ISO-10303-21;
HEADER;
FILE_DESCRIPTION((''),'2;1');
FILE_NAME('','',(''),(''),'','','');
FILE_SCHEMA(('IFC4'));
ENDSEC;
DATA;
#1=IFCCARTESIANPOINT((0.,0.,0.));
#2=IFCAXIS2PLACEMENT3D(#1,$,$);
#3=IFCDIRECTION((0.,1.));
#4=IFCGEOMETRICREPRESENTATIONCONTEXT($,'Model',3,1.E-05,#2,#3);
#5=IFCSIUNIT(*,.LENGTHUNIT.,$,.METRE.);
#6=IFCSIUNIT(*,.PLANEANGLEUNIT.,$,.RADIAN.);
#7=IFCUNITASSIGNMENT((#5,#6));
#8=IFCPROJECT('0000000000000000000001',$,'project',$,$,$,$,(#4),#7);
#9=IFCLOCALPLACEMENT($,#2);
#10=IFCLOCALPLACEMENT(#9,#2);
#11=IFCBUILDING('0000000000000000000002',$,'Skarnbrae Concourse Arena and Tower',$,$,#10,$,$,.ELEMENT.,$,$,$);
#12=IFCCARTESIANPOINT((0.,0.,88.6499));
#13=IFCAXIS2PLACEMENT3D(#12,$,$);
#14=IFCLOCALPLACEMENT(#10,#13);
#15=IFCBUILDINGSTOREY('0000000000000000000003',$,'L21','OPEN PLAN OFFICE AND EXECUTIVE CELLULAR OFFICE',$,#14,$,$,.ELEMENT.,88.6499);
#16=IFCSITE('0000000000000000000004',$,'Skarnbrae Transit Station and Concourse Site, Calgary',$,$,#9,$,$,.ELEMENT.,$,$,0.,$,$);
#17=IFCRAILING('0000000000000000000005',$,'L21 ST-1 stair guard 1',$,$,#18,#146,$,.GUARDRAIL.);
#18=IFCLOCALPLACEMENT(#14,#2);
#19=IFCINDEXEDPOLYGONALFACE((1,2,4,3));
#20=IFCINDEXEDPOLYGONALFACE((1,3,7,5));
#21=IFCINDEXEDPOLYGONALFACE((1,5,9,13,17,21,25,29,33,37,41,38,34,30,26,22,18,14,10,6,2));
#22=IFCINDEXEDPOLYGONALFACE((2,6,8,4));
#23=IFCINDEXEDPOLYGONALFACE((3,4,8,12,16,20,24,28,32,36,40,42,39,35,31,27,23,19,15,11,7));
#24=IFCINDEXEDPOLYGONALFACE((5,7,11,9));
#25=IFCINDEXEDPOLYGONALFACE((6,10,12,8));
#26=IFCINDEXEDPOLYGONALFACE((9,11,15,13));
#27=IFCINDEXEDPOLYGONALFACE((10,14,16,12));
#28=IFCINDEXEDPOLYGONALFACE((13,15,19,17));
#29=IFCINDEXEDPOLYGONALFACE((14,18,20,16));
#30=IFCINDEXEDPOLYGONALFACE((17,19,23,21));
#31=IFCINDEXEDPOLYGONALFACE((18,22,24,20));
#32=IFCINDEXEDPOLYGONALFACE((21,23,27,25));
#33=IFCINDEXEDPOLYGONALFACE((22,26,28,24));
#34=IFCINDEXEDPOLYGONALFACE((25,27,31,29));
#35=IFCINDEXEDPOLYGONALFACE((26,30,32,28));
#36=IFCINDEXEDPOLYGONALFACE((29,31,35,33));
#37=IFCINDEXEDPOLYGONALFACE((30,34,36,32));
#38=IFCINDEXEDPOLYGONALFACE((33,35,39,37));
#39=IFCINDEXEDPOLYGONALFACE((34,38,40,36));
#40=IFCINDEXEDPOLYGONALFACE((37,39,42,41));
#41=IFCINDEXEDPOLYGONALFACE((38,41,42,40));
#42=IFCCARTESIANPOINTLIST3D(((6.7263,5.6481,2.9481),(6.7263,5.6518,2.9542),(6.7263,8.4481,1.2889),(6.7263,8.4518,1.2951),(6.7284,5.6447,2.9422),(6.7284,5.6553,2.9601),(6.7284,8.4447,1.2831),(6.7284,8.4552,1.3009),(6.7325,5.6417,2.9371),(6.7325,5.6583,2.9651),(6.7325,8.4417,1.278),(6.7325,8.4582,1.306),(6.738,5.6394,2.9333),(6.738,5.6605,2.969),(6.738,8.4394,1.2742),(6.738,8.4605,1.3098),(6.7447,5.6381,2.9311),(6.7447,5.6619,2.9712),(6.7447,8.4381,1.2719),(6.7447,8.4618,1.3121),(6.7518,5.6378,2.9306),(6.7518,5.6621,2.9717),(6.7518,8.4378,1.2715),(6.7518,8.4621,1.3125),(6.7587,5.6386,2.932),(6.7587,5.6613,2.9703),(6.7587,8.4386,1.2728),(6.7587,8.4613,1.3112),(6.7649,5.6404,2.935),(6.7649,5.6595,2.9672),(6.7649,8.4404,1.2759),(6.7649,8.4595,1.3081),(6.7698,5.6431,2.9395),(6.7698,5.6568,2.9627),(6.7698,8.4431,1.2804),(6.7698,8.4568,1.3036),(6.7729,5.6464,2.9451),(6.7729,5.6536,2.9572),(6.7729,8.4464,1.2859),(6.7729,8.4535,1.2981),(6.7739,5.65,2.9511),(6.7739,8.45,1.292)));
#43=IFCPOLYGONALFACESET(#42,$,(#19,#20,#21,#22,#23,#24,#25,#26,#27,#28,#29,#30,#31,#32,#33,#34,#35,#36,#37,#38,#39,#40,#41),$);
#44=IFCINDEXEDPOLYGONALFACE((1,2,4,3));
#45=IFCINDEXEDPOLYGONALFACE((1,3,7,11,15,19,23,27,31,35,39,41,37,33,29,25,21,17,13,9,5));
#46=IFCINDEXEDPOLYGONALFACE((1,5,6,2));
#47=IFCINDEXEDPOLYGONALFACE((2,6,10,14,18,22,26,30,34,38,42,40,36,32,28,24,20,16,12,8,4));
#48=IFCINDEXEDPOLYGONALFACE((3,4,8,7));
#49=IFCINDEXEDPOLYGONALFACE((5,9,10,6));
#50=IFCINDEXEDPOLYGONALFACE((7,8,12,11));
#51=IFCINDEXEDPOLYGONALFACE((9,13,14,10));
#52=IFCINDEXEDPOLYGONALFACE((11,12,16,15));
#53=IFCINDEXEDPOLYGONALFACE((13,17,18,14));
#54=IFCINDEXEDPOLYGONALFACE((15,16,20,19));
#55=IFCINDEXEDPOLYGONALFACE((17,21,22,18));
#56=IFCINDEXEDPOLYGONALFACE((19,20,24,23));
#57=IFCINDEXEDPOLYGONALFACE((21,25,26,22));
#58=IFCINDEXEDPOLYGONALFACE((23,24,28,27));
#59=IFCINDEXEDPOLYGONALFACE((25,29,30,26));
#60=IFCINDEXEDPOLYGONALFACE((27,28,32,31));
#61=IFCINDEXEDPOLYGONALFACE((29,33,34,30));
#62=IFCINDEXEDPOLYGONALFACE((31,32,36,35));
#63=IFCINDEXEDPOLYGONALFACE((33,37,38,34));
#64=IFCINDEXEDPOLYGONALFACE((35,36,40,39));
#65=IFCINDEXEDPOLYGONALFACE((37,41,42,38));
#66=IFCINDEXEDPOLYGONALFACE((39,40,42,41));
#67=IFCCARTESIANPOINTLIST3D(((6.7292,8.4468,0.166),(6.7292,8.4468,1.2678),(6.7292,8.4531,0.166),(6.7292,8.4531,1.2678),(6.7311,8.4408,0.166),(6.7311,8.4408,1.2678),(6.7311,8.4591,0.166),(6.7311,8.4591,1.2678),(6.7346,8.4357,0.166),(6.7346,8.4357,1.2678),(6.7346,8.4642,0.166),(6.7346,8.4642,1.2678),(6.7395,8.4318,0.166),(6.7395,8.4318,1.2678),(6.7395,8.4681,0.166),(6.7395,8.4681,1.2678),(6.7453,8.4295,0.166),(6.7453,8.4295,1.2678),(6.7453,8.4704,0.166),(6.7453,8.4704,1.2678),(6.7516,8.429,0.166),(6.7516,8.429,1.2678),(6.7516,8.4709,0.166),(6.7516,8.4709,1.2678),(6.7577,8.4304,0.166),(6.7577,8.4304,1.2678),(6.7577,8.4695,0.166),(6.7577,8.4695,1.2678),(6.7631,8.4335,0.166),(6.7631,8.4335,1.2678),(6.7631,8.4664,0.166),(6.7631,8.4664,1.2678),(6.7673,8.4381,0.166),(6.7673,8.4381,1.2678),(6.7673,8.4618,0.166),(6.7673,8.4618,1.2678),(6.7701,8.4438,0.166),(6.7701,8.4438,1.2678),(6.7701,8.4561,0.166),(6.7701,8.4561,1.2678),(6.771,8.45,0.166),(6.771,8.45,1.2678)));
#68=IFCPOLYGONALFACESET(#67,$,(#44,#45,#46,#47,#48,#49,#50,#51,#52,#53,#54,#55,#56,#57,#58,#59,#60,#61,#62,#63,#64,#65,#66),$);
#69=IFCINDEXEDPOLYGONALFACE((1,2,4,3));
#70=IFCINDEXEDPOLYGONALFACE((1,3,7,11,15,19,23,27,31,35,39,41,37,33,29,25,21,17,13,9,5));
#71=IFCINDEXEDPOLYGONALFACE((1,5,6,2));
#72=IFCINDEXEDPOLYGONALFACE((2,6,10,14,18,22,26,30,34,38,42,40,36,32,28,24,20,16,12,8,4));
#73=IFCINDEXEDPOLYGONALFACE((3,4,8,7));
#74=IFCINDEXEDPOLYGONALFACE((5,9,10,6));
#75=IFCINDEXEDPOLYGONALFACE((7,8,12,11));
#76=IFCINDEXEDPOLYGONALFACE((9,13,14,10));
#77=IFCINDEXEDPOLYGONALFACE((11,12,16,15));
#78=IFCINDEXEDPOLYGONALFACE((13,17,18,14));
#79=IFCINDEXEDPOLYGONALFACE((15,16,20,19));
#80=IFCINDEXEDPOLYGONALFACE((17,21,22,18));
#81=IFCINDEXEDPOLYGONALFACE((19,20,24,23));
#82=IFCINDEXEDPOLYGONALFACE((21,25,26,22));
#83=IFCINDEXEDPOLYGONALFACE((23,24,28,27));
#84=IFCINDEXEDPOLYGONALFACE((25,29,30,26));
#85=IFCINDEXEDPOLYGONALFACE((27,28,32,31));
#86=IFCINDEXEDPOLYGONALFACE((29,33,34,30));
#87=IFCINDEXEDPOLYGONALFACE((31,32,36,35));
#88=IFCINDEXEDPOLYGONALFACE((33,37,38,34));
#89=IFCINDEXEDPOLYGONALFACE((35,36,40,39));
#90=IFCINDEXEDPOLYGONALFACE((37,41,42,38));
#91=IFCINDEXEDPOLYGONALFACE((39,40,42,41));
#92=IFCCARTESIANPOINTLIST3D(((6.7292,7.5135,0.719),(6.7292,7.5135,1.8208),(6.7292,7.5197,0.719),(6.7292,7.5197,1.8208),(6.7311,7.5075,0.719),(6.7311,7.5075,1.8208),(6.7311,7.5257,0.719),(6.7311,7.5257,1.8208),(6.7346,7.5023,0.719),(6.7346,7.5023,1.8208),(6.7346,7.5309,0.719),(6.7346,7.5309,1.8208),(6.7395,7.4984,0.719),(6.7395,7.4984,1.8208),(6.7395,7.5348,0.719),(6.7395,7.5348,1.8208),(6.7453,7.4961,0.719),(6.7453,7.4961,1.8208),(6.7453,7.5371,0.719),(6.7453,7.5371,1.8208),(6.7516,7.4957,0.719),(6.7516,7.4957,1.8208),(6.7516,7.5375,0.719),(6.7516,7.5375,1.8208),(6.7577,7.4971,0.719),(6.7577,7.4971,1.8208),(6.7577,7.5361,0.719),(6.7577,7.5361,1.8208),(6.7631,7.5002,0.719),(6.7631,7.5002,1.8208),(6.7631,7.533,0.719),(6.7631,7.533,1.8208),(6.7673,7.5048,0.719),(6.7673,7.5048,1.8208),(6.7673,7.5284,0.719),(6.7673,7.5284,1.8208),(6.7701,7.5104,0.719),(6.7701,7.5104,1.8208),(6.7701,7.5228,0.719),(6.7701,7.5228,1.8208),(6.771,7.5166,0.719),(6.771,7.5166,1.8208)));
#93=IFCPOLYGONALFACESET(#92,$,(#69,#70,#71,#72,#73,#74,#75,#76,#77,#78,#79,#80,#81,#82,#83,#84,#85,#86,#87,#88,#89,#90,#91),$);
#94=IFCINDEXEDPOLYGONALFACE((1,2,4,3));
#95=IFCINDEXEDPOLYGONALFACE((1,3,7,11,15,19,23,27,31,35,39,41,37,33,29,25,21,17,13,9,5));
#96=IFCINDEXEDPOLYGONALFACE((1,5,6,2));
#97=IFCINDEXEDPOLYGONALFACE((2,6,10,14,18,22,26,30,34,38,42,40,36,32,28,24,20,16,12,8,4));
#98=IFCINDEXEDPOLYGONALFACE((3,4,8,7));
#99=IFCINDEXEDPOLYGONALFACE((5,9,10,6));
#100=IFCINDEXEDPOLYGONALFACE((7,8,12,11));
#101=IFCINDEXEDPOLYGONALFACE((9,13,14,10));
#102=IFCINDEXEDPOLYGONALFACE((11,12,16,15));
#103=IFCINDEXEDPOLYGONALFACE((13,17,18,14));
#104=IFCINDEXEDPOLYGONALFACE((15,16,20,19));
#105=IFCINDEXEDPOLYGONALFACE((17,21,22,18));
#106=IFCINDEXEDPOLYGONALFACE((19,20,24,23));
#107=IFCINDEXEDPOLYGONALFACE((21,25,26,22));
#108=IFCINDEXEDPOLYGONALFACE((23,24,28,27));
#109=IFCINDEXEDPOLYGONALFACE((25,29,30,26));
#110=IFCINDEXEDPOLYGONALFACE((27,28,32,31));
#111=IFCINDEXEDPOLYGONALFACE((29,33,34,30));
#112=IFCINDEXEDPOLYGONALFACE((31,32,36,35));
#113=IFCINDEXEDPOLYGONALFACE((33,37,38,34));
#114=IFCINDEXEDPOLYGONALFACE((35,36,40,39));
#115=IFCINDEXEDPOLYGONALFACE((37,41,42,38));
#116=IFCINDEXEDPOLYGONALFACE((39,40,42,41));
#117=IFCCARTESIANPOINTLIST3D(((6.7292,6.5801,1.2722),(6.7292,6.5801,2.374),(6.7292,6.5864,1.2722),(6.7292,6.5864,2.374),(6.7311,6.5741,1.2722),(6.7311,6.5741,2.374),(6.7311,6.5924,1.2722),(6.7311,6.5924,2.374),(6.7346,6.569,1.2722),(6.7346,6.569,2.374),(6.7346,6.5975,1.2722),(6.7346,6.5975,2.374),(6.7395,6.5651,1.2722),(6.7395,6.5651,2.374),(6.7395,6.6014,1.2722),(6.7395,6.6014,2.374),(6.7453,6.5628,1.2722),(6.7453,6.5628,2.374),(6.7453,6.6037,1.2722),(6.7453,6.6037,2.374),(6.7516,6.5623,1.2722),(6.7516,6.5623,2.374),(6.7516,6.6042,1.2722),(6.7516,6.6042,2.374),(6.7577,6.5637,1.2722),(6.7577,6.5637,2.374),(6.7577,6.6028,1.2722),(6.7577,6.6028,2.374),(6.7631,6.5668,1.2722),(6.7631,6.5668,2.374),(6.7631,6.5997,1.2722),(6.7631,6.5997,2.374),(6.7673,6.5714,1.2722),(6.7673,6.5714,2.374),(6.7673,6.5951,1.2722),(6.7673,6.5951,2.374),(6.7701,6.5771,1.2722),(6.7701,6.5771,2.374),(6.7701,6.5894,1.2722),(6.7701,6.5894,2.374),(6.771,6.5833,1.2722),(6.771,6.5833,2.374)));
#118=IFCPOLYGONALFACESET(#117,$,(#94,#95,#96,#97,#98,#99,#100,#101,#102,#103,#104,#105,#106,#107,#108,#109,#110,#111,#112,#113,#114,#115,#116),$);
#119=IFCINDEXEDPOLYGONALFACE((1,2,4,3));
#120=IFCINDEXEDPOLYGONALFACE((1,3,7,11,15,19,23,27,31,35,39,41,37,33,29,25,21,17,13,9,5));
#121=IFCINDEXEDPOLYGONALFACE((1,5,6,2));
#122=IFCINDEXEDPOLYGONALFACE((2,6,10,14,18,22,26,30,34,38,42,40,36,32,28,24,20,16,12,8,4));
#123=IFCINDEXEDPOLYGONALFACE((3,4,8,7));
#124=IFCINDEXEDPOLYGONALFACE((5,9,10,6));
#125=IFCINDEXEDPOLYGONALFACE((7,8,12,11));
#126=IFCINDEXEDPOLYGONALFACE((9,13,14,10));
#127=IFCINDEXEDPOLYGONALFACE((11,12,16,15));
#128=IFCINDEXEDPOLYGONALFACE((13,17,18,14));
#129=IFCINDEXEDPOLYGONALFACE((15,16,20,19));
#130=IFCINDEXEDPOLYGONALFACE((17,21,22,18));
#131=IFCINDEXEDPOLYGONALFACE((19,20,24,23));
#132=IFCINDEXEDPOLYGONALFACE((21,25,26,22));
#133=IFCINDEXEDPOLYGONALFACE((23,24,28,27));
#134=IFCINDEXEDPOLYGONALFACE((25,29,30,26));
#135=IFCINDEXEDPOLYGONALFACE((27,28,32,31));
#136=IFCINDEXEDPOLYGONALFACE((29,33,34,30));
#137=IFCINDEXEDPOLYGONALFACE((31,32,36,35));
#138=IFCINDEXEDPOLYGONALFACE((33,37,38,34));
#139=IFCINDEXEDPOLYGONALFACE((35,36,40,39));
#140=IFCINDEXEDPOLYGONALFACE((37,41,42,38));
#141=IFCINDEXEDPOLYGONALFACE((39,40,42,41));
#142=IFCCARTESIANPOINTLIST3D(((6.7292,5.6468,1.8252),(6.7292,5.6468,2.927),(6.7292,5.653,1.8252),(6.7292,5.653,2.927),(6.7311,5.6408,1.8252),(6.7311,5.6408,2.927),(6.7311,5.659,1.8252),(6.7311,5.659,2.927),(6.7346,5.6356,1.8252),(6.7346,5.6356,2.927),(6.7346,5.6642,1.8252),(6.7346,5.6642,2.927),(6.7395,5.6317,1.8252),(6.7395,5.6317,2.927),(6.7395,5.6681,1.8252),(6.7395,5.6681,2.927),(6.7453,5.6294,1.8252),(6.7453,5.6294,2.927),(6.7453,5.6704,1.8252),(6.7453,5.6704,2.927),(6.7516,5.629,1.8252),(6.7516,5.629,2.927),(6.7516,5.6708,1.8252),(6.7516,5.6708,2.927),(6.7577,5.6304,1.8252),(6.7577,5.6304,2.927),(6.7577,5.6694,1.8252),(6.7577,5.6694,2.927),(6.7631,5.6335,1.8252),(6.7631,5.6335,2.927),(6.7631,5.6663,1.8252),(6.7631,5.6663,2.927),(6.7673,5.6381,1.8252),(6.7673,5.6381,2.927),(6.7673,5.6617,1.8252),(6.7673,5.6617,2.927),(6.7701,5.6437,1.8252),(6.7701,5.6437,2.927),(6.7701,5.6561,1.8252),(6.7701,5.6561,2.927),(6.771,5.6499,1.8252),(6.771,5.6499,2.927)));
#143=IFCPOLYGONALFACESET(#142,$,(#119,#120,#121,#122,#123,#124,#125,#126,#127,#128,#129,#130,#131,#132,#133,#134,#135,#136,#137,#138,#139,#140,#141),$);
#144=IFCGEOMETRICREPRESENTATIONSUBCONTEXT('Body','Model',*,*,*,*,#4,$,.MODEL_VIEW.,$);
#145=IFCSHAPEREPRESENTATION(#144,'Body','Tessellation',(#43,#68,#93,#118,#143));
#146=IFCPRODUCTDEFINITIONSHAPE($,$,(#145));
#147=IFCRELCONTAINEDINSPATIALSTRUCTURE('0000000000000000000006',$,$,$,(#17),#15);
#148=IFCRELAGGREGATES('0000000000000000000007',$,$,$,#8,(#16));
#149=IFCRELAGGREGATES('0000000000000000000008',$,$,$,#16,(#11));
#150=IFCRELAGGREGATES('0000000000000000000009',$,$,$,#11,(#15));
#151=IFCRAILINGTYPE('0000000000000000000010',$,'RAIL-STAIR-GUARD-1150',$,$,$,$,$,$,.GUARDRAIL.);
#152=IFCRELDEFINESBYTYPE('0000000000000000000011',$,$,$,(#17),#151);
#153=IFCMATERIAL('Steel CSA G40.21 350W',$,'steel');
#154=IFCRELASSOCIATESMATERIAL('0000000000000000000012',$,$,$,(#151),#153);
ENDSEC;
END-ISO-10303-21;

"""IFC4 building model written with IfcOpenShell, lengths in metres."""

from ifc_helpers import new_model, si_unit, direction, frame, origin, origin_2d, place, context, subcontext, project, spatial, circle, extrude, material, type_object, element, save


model = new_model("IFC4")

# Units and contexts
model_context = context("Model", 3, precision=1e-05, world=origin(), true_north=direction((0.0, 1.0)))
body_context = subcontext(model_context, "Body", "Model", "MODEL_VIEW")
ifc_project = project(units=[si_unit("LENGTHUNIT", "METRE"), si_unit("PLANEANGLEUNIT", "RADIAN")], contexts=[model_context])

# Site, building, storey
site_placement = place(None, origin())
site = spatial("IfcSite", under=ifc_project, at=site_placement, Name="Skarnbrae Transit Station and Concourse Site, Calgary", CompositionType="ELEMENT", RefElevation=0.0)
building_placement = place(site_placement, origin())
building = spatial("IfcBuilding", under=site, at=building_placement, Name="Skarnbrae Concourse Arena and Tower", CompositionType="ELEMENT")
storey_placement = place(building_placement, frame((0.0, 0.0, 88.6499)))
storey = spatial("IfcBuildingStorey", under=building, at=storey_placement, Name="L21", Description="OPEN PLAN OFFICE AND EXECUTIVE CELLULAR OFFICE", CompositionType="ELEMENT", Elevation=88.6499)

# Shared definitions
ifc_material_1 = material(Name="Steel CSA G40.21 350W", Category="steel")

# Railing
railing_type_1 = type_object("IfcRailingType", Name="RAIL-STAIR-GUARD-1150", PredefinedType="GUARDRAIL", material=ifc_material_1)
railing_1_placement = place(storey_placement, frame((6.75, 8.45, 0.166)))
element("IfcRailing", 1, at=railing_1_placement, inside=storey, type_object=railing_type_1, Name="L21 ST-1 stair guard 1", PredefinedType="GUARDRAIL", context=body_context, shape_type="SweptSolid", body=[
    extrude(circle(Radius=0.0239, at=origin_2d()), frame((0.0, 0.0, 1.126), z_axis=(0.0, -0.860306, 0.509778), x_axis=(1.0, 0.0, 0.0)), (0.0, 0.0, 1.0), 3.2546),
    extrude(circle(Radius=0.021, at=origin_2d()), origin(), (0.0, 0.0, 1.0), 1.1018),
    extrude(circle(Radius=0.021, at=origin_2d()), frame((0.0, -0.9333, 0.553)), (0.0, 0.0, 1.0), 1.1018),
    extrude(circle(Radius=0.021, at=origin_2d()), frame((0.0, -1.8667, 1.1062)), (0.0, 0.0, 1.0), 1.1018),
    extrude(circle(Radius=0.021, at=origin_2d()), frame((0.0, -2.8, 1.6592)), (0.0, 0.0, 1.0), 1.1018),
])

save(model, "model.ifc")
